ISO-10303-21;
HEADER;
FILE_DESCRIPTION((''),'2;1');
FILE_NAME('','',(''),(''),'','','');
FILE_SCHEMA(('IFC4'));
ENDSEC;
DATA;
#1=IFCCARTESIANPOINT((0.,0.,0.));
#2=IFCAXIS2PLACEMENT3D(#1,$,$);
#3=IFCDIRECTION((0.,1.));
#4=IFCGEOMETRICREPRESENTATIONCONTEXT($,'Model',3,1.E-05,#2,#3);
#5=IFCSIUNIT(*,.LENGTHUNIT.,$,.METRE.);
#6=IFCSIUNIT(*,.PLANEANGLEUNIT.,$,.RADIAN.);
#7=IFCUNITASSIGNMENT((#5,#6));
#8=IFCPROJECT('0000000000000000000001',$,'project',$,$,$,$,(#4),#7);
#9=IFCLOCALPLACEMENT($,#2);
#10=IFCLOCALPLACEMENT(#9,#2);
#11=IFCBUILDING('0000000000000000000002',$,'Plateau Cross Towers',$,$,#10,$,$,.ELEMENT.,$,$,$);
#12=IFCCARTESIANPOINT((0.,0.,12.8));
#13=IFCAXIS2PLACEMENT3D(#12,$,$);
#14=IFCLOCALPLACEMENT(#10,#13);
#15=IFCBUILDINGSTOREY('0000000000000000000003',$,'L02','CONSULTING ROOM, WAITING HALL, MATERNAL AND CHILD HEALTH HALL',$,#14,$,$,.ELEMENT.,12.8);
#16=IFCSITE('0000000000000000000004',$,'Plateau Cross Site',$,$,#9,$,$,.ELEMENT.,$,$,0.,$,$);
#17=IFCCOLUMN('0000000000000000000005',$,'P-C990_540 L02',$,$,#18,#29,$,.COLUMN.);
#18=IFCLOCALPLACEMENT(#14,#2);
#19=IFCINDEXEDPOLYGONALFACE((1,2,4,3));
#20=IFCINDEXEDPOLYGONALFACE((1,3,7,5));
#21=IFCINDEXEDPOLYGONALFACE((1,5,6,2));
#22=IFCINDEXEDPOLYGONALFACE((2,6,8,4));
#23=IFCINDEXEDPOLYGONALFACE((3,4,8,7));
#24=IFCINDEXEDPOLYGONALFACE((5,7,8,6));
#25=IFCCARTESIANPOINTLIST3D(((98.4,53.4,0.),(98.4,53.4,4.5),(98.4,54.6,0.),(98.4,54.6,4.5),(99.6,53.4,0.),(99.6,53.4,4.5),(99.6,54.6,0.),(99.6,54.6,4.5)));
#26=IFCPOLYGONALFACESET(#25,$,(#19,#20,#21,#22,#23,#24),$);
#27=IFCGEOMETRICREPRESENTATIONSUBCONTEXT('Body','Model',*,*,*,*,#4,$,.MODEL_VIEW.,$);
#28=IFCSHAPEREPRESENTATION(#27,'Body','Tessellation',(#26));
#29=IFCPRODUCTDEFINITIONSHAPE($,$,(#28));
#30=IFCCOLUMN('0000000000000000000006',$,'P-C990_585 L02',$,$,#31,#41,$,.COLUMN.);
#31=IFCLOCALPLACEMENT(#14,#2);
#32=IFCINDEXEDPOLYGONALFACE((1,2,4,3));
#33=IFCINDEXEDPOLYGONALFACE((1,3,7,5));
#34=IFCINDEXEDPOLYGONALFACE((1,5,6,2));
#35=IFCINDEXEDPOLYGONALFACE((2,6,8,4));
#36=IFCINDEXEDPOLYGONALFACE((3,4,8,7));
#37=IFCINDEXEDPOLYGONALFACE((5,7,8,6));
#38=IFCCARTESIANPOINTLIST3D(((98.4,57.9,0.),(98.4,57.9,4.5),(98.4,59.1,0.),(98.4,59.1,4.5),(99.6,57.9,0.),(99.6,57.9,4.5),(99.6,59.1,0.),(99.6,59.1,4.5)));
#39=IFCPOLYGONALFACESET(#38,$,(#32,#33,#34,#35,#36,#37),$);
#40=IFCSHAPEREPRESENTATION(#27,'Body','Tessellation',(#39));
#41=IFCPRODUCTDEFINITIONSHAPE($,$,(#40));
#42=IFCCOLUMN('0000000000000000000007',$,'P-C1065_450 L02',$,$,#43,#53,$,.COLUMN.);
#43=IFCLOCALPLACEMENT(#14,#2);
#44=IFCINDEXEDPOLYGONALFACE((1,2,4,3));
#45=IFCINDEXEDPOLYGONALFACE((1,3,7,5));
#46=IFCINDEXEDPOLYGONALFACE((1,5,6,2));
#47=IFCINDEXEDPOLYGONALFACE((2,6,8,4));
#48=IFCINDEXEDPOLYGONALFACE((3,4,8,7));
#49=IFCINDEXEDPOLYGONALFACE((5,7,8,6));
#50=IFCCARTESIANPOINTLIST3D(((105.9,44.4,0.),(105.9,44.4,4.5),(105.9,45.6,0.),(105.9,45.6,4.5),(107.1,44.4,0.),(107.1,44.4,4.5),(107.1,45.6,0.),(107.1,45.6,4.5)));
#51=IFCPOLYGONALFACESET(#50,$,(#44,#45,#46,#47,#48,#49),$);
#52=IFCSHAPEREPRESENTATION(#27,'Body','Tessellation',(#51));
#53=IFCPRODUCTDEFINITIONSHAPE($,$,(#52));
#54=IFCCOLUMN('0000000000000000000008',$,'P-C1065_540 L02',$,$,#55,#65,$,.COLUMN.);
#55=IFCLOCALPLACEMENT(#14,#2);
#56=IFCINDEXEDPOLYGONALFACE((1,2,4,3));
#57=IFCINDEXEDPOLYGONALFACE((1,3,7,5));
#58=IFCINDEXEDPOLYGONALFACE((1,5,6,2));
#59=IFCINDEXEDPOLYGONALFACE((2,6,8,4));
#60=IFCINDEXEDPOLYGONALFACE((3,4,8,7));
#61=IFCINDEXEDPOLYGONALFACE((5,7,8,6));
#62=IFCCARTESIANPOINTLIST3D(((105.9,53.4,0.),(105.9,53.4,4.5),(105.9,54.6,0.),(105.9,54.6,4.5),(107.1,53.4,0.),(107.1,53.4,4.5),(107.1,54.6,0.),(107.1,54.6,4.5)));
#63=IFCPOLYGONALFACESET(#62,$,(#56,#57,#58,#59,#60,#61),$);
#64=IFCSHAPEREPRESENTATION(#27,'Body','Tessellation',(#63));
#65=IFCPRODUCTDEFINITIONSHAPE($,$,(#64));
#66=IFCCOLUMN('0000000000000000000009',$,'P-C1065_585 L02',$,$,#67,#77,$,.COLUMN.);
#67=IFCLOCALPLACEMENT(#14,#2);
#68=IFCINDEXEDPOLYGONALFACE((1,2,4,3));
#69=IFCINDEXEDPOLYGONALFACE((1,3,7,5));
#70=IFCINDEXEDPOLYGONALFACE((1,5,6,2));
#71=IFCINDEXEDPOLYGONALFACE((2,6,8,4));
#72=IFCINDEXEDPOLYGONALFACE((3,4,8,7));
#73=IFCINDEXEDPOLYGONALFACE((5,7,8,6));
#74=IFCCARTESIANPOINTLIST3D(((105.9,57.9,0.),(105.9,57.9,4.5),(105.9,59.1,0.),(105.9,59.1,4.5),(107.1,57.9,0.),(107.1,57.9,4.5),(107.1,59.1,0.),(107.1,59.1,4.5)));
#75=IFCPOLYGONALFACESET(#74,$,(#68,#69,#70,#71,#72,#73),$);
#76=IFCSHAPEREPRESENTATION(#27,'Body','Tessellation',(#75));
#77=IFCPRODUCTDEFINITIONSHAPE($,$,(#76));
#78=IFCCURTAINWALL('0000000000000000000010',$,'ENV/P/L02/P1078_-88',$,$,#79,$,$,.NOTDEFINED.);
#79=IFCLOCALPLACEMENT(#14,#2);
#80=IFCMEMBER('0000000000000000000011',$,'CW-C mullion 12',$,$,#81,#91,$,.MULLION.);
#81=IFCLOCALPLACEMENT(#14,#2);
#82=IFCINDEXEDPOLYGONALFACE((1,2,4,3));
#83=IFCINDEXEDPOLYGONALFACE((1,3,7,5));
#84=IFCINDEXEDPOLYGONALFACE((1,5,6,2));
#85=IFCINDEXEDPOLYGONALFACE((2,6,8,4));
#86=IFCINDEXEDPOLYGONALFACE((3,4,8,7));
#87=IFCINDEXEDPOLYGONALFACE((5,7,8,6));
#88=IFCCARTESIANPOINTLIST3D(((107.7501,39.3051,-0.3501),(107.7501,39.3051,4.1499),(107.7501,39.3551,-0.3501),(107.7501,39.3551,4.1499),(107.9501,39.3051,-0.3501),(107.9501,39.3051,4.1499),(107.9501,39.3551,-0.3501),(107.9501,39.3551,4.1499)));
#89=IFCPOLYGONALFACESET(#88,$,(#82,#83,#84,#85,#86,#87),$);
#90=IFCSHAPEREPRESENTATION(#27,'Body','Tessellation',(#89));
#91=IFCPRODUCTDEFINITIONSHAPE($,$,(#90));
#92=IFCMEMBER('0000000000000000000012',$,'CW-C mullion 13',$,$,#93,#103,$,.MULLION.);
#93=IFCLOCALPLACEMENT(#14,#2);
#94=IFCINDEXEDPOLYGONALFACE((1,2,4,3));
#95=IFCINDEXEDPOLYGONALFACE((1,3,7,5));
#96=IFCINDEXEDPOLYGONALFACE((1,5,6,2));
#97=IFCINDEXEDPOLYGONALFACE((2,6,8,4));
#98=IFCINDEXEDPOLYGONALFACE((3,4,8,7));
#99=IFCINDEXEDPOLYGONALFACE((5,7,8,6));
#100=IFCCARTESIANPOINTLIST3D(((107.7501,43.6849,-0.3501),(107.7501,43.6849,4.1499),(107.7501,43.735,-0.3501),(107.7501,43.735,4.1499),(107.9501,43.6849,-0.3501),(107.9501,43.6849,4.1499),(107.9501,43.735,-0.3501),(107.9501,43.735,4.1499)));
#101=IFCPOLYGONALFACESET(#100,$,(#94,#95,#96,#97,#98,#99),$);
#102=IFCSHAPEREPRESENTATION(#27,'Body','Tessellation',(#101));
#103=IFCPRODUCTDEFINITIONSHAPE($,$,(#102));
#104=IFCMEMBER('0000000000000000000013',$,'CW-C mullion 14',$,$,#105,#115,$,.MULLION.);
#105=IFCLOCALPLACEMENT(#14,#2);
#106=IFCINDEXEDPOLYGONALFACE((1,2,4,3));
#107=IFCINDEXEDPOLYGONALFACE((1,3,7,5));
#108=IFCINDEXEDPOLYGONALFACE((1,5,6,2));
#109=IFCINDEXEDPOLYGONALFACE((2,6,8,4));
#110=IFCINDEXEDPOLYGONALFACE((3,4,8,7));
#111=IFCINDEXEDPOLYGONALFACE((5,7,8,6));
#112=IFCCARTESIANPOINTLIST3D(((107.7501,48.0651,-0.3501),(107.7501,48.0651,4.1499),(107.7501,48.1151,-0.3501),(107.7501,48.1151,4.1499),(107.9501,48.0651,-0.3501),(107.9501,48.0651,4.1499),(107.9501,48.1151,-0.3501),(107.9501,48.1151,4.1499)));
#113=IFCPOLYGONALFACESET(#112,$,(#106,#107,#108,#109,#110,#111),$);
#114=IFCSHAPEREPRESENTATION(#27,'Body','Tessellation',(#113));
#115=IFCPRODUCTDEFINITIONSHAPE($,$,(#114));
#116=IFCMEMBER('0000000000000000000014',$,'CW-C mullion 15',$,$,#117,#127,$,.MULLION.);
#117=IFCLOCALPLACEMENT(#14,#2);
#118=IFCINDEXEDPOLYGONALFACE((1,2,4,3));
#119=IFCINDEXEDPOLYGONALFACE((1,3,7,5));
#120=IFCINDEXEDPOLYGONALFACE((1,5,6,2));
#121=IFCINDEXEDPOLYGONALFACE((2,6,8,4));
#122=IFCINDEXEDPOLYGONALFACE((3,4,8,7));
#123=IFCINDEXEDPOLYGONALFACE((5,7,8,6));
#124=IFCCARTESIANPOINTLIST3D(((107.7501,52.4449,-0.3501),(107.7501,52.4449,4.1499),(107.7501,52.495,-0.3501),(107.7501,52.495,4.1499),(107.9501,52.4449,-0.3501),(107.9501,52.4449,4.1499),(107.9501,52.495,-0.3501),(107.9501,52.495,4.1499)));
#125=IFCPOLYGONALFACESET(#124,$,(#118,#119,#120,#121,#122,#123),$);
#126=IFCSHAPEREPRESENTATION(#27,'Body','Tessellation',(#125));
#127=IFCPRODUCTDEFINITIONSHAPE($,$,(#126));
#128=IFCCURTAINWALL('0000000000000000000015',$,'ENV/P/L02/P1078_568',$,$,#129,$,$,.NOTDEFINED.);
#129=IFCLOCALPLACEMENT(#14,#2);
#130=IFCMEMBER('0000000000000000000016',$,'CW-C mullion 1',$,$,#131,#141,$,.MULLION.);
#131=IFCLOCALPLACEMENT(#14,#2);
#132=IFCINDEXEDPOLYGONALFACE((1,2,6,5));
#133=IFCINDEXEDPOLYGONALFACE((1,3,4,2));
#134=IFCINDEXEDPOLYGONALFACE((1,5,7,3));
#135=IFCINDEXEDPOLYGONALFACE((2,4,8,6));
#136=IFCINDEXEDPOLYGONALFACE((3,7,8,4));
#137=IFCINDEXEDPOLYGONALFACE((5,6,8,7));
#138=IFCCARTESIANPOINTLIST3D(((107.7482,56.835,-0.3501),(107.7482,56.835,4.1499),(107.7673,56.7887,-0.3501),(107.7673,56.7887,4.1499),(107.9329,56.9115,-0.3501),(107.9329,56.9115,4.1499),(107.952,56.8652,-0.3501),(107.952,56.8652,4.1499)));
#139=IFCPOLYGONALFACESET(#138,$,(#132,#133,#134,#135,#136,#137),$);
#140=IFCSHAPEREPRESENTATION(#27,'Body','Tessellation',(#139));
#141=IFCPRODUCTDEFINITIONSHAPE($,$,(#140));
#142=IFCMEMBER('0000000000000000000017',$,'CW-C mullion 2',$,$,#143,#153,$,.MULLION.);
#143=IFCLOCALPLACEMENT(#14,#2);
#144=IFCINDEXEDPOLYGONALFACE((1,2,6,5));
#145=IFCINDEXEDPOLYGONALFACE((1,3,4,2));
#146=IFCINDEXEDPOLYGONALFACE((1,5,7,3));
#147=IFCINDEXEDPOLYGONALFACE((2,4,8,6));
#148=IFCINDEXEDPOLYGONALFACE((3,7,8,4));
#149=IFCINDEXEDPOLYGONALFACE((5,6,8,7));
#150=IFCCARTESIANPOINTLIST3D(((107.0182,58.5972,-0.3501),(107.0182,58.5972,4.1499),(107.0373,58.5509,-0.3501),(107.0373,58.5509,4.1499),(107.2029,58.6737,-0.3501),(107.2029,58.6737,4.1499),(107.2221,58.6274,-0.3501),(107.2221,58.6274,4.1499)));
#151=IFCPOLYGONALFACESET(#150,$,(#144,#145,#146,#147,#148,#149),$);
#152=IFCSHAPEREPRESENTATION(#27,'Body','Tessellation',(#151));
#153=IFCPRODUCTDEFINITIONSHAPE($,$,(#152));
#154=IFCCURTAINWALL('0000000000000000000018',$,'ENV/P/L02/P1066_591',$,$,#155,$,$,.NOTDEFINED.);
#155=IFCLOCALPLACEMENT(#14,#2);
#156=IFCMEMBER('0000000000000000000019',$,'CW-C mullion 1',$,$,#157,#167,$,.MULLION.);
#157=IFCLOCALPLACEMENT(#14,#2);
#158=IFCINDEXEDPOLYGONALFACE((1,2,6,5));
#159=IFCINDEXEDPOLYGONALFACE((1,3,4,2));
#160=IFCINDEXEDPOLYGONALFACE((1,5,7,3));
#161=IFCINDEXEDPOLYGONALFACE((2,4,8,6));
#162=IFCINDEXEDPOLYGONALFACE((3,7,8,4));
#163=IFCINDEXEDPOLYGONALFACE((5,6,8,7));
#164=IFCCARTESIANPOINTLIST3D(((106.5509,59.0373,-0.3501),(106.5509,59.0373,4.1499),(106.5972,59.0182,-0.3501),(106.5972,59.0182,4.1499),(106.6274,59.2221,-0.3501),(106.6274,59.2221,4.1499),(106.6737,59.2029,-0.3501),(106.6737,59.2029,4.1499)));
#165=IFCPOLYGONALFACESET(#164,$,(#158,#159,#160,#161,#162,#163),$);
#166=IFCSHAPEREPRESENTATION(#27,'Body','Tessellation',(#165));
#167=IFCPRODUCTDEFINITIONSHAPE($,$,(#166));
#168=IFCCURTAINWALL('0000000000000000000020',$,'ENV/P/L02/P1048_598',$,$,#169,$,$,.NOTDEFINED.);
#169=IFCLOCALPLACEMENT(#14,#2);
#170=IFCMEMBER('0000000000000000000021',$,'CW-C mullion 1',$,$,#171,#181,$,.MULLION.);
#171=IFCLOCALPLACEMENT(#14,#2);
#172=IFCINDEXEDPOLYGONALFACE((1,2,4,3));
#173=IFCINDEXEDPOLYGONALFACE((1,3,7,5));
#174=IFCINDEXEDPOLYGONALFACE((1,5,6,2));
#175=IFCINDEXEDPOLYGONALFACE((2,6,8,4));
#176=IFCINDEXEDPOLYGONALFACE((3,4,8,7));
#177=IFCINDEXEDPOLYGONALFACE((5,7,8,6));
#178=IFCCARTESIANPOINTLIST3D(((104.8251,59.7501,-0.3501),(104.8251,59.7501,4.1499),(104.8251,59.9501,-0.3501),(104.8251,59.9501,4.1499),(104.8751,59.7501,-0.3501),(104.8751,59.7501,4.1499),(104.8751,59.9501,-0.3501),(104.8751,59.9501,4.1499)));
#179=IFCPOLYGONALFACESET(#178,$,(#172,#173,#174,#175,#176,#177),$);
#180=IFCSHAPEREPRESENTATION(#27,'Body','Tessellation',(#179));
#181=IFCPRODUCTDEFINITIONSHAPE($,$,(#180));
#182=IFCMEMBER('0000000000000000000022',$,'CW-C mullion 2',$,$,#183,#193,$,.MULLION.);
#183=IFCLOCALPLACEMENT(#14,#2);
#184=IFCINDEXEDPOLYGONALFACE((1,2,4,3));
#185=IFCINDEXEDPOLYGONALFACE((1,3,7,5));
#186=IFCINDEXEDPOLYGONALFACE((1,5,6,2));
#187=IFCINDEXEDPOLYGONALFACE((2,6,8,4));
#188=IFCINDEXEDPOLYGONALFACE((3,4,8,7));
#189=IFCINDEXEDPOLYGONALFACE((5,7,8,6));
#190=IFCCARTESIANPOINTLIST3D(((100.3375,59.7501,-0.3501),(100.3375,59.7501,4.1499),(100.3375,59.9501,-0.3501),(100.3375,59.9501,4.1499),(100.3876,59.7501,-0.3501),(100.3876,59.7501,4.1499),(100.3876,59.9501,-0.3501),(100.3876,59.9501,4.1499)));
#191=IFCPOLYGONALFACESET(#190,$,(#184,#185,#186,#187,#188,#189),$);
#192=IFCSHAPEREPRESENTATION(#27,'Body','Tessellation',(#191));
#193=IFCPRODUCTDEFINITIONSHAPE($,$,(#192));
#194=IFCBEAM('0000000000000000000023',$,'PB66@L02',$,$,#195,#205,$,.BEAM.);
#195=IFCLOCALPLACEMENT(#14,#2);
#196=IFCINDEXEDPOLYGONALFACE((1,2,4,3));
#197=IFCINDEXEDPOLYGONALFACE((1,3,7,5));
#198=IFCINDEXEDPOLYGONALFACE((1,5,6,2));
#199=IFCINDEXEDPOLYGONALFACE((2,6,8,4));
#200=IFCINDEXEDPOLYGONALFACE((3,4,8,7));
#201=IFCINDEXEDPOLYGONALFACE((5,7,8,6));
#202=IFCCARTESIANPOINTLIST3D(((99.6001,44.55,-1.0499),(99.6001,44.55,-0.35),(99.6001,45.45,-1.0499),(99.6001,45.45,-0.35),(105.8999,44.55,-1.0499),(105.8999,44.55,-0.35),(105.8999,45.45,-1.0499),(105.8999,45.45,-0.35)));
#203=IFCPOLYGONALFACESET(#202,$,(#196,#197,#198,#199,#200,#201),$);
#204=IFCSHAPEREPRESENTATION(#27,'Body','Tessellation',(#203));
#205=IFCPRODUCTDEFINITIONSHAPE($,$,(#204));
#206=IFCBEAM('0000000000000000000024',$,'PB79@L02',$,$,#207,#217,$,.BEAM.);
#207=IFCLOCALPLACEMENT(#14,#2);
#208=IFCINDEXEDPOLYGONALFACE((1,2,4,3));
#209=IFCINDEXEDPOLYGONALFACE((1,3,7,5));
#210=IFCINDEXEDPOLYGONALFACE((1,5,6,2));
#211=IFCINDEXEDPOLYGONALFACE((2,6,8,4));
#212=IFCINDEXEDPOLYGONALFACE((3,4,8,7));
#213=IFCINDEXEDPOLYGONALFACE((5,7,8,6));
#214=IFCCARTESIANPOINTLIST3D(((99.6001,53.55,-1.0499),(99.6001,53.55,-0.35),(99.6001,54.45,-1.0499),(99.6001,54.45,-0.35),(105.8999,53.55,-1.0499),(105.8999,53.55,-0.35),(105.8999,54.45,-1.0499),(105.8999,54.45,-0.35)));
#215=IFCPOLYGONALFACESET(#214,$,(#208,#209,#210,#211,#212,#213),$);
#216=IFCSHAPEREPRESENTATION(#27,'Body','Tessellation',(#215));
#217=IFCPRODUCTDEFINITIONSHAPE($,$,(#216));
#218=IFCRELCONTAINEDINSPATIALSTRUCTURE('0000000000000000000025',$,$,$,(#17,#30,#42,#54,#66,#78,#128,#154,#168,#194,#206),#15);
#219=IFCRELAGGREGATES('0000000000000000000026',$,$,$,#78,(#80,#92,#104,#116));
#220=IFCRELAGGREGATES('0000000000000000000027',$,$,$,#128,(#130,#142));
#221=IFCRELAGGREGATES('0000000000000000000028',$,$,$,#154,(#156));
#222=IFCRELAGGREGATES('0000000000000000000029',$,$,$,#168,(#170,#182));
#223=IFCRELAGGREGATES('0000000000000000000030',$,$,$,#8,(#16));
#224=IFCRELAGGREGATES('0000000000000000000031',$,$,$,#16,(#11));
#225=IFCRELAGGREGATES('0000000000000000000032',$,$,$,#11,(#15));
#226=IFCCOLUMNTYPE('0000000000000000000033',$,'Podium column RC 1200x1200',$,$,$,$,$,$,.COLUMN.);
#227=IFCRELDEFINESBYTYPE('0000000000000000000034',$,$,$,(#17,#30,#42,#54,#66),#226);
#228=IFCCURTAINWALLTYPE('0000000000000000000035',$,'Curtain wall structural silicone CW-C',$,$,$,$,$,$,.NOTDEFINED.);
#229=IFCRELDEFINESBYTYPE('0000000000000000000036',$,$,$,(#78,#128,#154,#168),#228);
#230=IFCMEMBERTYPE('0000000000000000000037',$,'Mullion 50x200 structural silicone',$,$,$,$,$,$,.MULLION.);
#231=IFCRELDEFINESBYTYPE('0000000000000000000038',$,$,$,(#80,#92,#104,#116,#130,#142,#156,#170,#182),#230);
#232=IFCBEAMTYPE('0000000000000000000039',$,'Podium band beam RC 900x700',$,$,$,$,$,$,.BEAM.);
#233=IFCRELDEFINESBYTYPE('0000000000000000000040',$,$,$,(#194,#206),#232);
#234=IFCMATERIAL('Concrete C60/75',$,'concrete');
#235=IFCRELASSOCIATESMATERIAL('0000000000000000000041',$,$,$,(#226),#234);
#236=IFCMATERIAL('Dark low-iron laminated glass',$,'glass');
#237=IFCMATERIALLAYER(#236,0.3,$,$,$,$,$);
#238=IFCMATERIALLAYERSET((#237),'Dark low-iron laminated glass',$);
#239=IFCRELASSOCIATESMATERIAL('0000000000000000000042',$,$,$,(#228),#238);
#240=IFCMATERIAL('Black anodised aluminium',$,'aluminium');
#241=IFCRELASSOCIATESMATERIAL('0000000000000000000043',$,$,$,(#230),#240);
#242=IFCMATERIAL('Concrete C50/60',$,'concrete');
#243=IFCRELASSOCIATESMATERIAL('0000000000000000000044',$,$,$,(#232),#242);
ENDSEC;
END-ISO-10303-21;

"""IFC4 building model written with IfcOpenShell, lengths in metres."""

from ifc_helpers import new_model, si_unit, direction, frame, origin, origin_2d, place, context, subcontext, project, spatial, rectangle, extrude, material, layer, layer_set, material_profile, profile_set, type_object, element, aggregate, save


model = new_model("IFC4")

# Units and contexts
model_context = context("Model", 3, precision=1e-05, world=origin(), true_north=direction((0.0, 1.0)))
body_context = subcontext(model_context, "Body", "Model", "MODEL_VIEW")
ifc_project = project(units=[si_unit("LENGTHUNIT", "METRE"), si_unit("PLANEANGLEUNIT", "RADIAN")], contexts=[model_context])

# Site, building, storey
site_placement = place(None, origin())
site = spatial("IfcSite", under=ifc_project, at=site_placement, Name="Plateau Cross Site", CompositionType="ELEMENT", RefElevation=0.0)
building_placement = place(site_placement, origin())
building = spatial("IfcBuilding", under=site, at=building_placement, Name="Plateau Cross Towers", CompositionType="ELEMENT")
storey_placement = place(building_placement, frame((0.0, 0.0, 12.8)))
storey = spatial("IfcBuildingStorey", under=building, at=storey_placement, Name="L02", Description="CONSULTING ROOM, WAITING HALL, MATERNAL AND CHILD HEALTH HALL", CompositionType="ELEMENT", Elevation=12.8)

# Columns
ifc_material_1 = material(Name="Concrete C60/75", Category="concrete")
ifc_material_profile_1 = material_profile(ifc_material_1, rectangle(XDim=1.2, YDim=1.2, at=origin_2d()), Name="RC 1200x1200")
ifc_profile_set_1 = profile_set([ifc_material_profile_1], Name="Concrete C60/75")
column_type = type_object("IfcColumnType", Name="Podium column RC 1200x1200", PredefinedType="COLUMN", material=ifc_profile_set_1)
for number, where, z_axis, x_axis, name in (
    (1, (99.0, 54.0, 0.0), (0.0, 0.0, 1.0), (1.0, 0.0, 0.0), "P-C990_540 L02"),
    (2, (99.0, 58.5, 0.0), (0.0, 0.0, 1.0), (1.0, 0.0, 0.0), "P-C990_585 L02"),
    (3, (106.5, 45.0, 0.0), (0.0, 0.0, 1.0), (1.0, 0.0, 0.0), "P-C1065_450 L02"),
    (4, (106.5, 54.0, 0.0), (0.0, 0.0, 1.0), (1.0, 0.0, 0.0), "P-C1065_540 L02"),
    (5, (106.5, 58.5, 0.0), (0.0, 0.0, 1.0), (1.0, 0.0, 0.0), "P-C1065_585 L02"),
):
    element("IfcColumn", number, at=place(storey_placement, frame(where, z_axis=z_axis, x_axis=x_axis)), inside=storey, type_object=column_type, Name=name, PredefinedType="COLUMN", context=body_context, shape_type="SweptSolid", body=[
        extrude(rectangle(XDim=1.2, YDim=1.2, at=origin_2d()), origin(), (0.0, 0.0, 1.0), 4.5),
    ])

# Curtain walls, members
ifc_material_2 = material(Name="Dark low-iron laminated glass", Category="glass")
ifc_layer_1 = layer(ifc_material_2, 0.3)
ifc_layer_set_1 = layer_set([ifc_layer_1], Name="Dark low-iron laminated glass")
curtain_wall_type = type_object("IfcCurtainWallType", Name="Curtain wall structural silicone CW-C", PredefinedType="NOTDEFINED", material=ifc_layer_set_1)
curtain_wall_1_placement = place(storey_placement, origin())
curtain_wall_1 = element("IfcCurtainWall", 6, at=curtain_wall_1_placement, inside=storey, type_object=curtain_wall_type, Name="ENV/P/L02/P1078_-88", PredefinedType="NOTDEFINED")
ifc_material_3 = material(Name="Black anodised aluminium", Category="aluminium")
ifc_material_profile_2 = material_profile(ifc_material_3, rectangle(XDim=0.05, YDim=0.2, at=origin_2d()), Name="MULLION 50x200")
ifc_profile_set_2 = profile_set([ifc_material_profile_2], Name="Black anodised aluminium")
member_type_1 = type_object("IfcMemberType", Name="Mullion 50x200 structural silicone", PredefinedType="MULLION", material=ifc_profile_set_2)
member_1_placement = place(storey_placement, frame((107.8501, 39.3301, -0.3501), z_axis=(0.0, 0.0, 1.0), x_axis=(0.0, 1.0, 0.0)))
member_1 = element("IfcMember", 7, at=member_1_placement, type_object=member_type_1, Name="CW-C mullion 12", PredefinedType="MULLION", context=body_context, shape_type="SweptSolid", body=[
    extrude(rectangle(XDim=0.05, YDim=0.2, at=origin_2d()), origin(), (0.0, 0.0, 1.0), 4.5),
])
member_2_placement = place(storey_placement, frame((107.8501, 43.71, -0.3501), z_axis=(0.0, 0.0, 1.0), x_axis=(0.0, 1.0, 0.0)))
member_2 = element("IfcMember", 8, at=member_2_placement, type_object=member_type_1, Name="CW-C mullion 13", PredefinedType="MULLION", context=body_context, shape_type="SweptSolid", body=[
    extrude(rectangle(XDim=0.05, YDim=0.2, at=origin_2d()), origin(), (0.0, 0.0, 1.0), 4.5),
])
member_3_placement = place(storey_placement, frame((107.8501, 48.0901, -0.3501), z_axis=(0.0, 0.0, 1.0), x_axis=(0.0, 1.0, 0.0)))
member_3 = element("IfcMember", 9, at=member_3_placement, type_object=member_type_1, Name="CW-C mullion 14", PredefinedType="MULLION", context=body_context, shape_type="SweptSolid", body=[
    extrude(rectangle(XDim=0.05, YDim=0.2, at=origin_2d()), origin(), (0.0, 0.0, 1.0), 4.5),
])
member_4_placement = place(storey_placement, frame((107.8501, 52.47, -0.3501), z_axis=(0.0, 0.0, 1.0), x_axis=(0.0, 1.0, 0.0)))
member_4 = element("IfcMember", 10, at=member_4_placement, type_object=member_type_1, Name="CW-C mullion 15", PredefinedType="MULLION", context=body_context, shape_type="SweptSolid", body=[
    extrude(rectangle(XDim=0.05, YDim=0.2, at=origin_2d()), origin(), (0.0, 0.0, 1.0), 4.5),
])
curtain_wall_2_placement = place(storey_placement, origin())
curtain_wall_2 = element("IfcCurtainWall", 11, at=curtain_wall_2_placement, inside=storey, type_object=curtain_wall_type, Name="ENV/P/L02/P1078_568", PredefinedType="NOTDEFINED")
member_5_placement = place(storey_placement, frame((107.8501, 56.8501, -0.3501), z_axis=(0.0, 0.0, 1.0), x_axis=(-0.382684, 0.923879, 0.0)))
member_5 = element("IfcMember", 12, at=member_5_placement, type_object=member_type_1, Name="CW-C mullion 1", PredefinedType="MULLION", context=body_context, shape_type="SweptSolid", body=[
    extrude(rectangle(XDim=0.05, YDim=0.2, at=origin_2d()), origin(), (0.0, 0.0, 1.0), 4.5),
])
member_6_placement = place(storey_placement, frame((107.1201, 58.6123, -0.3501), z_axis=(0.0, 0.0, 1.0), x_axis=(-0.382684, 0.923879, 0.0)))
member_6 = element("IfcMember", 13, at=member_6_placement, type_object=member_type_1, Name="CW-C mullion 2", PredefinedType="MULLION", context=body_context, shape_type="SweptSolid", body=[
    extrude(rectangle(XDim=0.05, YDim=0.2, at=origin_2d()), origin(), (0.0, 0.0, 1.0), 4.5),
])

# Curtain wall, member
curtain_wall_3_placement = place(storey_placement, origin())
curtain_wall_3 = element("IfcCurtainWall", 14, at=curtain_wall_3_placement, inside=storey, type_object=curtain_wall_type, Name="ENV/P/L02/P1066_591", PredefinedType="NOTDEFINED")
member_7_placement = place(storey_placement, frame((106.6123, 59.1201, -0.3501), z_axis=(0.0, 0.0, 1.0), x_axis=(-0.923879, 0.382684, 0.0)))
member_7 = element("IfcMember", 15, at=member_7_placement, type_object=member_type_1, Name="CW-C mullion 1", PredefinedType="MULLION", context=body_context, shape_type="SweptSolid", body=[
    extrude(rectangle(XDim=0.05, YDim=0.2, at=origin_2d()), origin(), (0.0, 0.0, 1.0), 4.5),
])

# Curtain wall, members
curtain_wall_4_placement = place(storey_placement, origin())
curtain_wall_4 = element("IfcCurtainWall", 16, at=curtain_wall_4_placement, inside=storey, type_object=curtain_wall_type, Name="ENV/P/L02/P1048_598", PredefinedType="NOTDEFINED")
member_8_placement = place(storey_placement, frame((104.8501, 59.8501, -0.3501), z_axis=(0.0, 0.0, 1.0), x_axis=(-1.0, 0.0, 0.0)))
member_8 = element("IfcMember", 17, at=member_8_placement, type_object=member_type_1, Name="CW-C mullion 1", PredefinedType="MULLION", context=body_context, shape_type="SweptSolid", body=[
    extrude(rectangle(XDim=0.05, YDim=0.2, at=origin_2d()), origin(), (0.0, 0.0, 1.0), 4.5),
])
member_9_placement = place(storey_placement, frame((100.3625, 59.8501, -0.3501), z_axis=(0.0, 0.0, 1.0), x_axis=(-1.0, 0.0, 0.0)))
member_9 = element("IfcMember", 18, at=member_9_placement, type_object=member_type_1, Name="CW-C mullion 2", PredefinedType="MULLION", context=body_context, shape_type="SweptSolid", body=[
    extrude(rectangle(XDim=0.05, YDim=0.2, at=origin_2d()), origin(), (0.0, 0.0, 1.0), 4.5),
])

# Beams
ifc_material_4 = material(Name="Concrete C50/60", Category="concrete")
ifc_material_profile_3 = material_profile(ifc_material_4, rectangle(XDim=0.8999, YDim=0.7, at=origin_2d()), Name="RC 900x700")
ifc_profile_set_3 = profile_set([ifc_material_profile_3], Name="Concrete C50/60")
beam_type = type_object("IfcBeamType", Name="Podium band beam RC 900x700", PredefinedType="BEAM", material=ifc_profile_set_3)
for number, where, z_axis, x_axis, name in (
    (19, (99.6001, 45.0, -0.7), (1.0, 0.0, 0.0), (0.0, 1.0, 0.0), "PB66@L02"),
    (20, (99.6001, 54.0, -0.7), (1.0, 0.0, 0.0), (0.0, 1.0, 0.0), "PB79@L02"),
):
    element("IfcBeam", number, at=place(storey_placement, frame(where, z_axis=z_axis, x_axis=x_axis)), inside=storey, type_object=beam_type, Name=name, PredefinedType="BEAM", context=body_context, shape_type="SweptSolid", body=[
        extrude(rectangle(XDim=0.8999, YDim=0.7, at=origin_2d()), origin(), (0.0, 0.0, 1.0), 6.2998),
    ])

aggregate(curtain_wall_1, [member_1, member_2, member_3, member_4])
aggregate(curtain_wall_2, [member_5, member_6])
aggregate(curtain_wall_3, [member_7])
aggregate(curtain_wall_4, [member_8, member_9])

save(model, "model.ifc")
